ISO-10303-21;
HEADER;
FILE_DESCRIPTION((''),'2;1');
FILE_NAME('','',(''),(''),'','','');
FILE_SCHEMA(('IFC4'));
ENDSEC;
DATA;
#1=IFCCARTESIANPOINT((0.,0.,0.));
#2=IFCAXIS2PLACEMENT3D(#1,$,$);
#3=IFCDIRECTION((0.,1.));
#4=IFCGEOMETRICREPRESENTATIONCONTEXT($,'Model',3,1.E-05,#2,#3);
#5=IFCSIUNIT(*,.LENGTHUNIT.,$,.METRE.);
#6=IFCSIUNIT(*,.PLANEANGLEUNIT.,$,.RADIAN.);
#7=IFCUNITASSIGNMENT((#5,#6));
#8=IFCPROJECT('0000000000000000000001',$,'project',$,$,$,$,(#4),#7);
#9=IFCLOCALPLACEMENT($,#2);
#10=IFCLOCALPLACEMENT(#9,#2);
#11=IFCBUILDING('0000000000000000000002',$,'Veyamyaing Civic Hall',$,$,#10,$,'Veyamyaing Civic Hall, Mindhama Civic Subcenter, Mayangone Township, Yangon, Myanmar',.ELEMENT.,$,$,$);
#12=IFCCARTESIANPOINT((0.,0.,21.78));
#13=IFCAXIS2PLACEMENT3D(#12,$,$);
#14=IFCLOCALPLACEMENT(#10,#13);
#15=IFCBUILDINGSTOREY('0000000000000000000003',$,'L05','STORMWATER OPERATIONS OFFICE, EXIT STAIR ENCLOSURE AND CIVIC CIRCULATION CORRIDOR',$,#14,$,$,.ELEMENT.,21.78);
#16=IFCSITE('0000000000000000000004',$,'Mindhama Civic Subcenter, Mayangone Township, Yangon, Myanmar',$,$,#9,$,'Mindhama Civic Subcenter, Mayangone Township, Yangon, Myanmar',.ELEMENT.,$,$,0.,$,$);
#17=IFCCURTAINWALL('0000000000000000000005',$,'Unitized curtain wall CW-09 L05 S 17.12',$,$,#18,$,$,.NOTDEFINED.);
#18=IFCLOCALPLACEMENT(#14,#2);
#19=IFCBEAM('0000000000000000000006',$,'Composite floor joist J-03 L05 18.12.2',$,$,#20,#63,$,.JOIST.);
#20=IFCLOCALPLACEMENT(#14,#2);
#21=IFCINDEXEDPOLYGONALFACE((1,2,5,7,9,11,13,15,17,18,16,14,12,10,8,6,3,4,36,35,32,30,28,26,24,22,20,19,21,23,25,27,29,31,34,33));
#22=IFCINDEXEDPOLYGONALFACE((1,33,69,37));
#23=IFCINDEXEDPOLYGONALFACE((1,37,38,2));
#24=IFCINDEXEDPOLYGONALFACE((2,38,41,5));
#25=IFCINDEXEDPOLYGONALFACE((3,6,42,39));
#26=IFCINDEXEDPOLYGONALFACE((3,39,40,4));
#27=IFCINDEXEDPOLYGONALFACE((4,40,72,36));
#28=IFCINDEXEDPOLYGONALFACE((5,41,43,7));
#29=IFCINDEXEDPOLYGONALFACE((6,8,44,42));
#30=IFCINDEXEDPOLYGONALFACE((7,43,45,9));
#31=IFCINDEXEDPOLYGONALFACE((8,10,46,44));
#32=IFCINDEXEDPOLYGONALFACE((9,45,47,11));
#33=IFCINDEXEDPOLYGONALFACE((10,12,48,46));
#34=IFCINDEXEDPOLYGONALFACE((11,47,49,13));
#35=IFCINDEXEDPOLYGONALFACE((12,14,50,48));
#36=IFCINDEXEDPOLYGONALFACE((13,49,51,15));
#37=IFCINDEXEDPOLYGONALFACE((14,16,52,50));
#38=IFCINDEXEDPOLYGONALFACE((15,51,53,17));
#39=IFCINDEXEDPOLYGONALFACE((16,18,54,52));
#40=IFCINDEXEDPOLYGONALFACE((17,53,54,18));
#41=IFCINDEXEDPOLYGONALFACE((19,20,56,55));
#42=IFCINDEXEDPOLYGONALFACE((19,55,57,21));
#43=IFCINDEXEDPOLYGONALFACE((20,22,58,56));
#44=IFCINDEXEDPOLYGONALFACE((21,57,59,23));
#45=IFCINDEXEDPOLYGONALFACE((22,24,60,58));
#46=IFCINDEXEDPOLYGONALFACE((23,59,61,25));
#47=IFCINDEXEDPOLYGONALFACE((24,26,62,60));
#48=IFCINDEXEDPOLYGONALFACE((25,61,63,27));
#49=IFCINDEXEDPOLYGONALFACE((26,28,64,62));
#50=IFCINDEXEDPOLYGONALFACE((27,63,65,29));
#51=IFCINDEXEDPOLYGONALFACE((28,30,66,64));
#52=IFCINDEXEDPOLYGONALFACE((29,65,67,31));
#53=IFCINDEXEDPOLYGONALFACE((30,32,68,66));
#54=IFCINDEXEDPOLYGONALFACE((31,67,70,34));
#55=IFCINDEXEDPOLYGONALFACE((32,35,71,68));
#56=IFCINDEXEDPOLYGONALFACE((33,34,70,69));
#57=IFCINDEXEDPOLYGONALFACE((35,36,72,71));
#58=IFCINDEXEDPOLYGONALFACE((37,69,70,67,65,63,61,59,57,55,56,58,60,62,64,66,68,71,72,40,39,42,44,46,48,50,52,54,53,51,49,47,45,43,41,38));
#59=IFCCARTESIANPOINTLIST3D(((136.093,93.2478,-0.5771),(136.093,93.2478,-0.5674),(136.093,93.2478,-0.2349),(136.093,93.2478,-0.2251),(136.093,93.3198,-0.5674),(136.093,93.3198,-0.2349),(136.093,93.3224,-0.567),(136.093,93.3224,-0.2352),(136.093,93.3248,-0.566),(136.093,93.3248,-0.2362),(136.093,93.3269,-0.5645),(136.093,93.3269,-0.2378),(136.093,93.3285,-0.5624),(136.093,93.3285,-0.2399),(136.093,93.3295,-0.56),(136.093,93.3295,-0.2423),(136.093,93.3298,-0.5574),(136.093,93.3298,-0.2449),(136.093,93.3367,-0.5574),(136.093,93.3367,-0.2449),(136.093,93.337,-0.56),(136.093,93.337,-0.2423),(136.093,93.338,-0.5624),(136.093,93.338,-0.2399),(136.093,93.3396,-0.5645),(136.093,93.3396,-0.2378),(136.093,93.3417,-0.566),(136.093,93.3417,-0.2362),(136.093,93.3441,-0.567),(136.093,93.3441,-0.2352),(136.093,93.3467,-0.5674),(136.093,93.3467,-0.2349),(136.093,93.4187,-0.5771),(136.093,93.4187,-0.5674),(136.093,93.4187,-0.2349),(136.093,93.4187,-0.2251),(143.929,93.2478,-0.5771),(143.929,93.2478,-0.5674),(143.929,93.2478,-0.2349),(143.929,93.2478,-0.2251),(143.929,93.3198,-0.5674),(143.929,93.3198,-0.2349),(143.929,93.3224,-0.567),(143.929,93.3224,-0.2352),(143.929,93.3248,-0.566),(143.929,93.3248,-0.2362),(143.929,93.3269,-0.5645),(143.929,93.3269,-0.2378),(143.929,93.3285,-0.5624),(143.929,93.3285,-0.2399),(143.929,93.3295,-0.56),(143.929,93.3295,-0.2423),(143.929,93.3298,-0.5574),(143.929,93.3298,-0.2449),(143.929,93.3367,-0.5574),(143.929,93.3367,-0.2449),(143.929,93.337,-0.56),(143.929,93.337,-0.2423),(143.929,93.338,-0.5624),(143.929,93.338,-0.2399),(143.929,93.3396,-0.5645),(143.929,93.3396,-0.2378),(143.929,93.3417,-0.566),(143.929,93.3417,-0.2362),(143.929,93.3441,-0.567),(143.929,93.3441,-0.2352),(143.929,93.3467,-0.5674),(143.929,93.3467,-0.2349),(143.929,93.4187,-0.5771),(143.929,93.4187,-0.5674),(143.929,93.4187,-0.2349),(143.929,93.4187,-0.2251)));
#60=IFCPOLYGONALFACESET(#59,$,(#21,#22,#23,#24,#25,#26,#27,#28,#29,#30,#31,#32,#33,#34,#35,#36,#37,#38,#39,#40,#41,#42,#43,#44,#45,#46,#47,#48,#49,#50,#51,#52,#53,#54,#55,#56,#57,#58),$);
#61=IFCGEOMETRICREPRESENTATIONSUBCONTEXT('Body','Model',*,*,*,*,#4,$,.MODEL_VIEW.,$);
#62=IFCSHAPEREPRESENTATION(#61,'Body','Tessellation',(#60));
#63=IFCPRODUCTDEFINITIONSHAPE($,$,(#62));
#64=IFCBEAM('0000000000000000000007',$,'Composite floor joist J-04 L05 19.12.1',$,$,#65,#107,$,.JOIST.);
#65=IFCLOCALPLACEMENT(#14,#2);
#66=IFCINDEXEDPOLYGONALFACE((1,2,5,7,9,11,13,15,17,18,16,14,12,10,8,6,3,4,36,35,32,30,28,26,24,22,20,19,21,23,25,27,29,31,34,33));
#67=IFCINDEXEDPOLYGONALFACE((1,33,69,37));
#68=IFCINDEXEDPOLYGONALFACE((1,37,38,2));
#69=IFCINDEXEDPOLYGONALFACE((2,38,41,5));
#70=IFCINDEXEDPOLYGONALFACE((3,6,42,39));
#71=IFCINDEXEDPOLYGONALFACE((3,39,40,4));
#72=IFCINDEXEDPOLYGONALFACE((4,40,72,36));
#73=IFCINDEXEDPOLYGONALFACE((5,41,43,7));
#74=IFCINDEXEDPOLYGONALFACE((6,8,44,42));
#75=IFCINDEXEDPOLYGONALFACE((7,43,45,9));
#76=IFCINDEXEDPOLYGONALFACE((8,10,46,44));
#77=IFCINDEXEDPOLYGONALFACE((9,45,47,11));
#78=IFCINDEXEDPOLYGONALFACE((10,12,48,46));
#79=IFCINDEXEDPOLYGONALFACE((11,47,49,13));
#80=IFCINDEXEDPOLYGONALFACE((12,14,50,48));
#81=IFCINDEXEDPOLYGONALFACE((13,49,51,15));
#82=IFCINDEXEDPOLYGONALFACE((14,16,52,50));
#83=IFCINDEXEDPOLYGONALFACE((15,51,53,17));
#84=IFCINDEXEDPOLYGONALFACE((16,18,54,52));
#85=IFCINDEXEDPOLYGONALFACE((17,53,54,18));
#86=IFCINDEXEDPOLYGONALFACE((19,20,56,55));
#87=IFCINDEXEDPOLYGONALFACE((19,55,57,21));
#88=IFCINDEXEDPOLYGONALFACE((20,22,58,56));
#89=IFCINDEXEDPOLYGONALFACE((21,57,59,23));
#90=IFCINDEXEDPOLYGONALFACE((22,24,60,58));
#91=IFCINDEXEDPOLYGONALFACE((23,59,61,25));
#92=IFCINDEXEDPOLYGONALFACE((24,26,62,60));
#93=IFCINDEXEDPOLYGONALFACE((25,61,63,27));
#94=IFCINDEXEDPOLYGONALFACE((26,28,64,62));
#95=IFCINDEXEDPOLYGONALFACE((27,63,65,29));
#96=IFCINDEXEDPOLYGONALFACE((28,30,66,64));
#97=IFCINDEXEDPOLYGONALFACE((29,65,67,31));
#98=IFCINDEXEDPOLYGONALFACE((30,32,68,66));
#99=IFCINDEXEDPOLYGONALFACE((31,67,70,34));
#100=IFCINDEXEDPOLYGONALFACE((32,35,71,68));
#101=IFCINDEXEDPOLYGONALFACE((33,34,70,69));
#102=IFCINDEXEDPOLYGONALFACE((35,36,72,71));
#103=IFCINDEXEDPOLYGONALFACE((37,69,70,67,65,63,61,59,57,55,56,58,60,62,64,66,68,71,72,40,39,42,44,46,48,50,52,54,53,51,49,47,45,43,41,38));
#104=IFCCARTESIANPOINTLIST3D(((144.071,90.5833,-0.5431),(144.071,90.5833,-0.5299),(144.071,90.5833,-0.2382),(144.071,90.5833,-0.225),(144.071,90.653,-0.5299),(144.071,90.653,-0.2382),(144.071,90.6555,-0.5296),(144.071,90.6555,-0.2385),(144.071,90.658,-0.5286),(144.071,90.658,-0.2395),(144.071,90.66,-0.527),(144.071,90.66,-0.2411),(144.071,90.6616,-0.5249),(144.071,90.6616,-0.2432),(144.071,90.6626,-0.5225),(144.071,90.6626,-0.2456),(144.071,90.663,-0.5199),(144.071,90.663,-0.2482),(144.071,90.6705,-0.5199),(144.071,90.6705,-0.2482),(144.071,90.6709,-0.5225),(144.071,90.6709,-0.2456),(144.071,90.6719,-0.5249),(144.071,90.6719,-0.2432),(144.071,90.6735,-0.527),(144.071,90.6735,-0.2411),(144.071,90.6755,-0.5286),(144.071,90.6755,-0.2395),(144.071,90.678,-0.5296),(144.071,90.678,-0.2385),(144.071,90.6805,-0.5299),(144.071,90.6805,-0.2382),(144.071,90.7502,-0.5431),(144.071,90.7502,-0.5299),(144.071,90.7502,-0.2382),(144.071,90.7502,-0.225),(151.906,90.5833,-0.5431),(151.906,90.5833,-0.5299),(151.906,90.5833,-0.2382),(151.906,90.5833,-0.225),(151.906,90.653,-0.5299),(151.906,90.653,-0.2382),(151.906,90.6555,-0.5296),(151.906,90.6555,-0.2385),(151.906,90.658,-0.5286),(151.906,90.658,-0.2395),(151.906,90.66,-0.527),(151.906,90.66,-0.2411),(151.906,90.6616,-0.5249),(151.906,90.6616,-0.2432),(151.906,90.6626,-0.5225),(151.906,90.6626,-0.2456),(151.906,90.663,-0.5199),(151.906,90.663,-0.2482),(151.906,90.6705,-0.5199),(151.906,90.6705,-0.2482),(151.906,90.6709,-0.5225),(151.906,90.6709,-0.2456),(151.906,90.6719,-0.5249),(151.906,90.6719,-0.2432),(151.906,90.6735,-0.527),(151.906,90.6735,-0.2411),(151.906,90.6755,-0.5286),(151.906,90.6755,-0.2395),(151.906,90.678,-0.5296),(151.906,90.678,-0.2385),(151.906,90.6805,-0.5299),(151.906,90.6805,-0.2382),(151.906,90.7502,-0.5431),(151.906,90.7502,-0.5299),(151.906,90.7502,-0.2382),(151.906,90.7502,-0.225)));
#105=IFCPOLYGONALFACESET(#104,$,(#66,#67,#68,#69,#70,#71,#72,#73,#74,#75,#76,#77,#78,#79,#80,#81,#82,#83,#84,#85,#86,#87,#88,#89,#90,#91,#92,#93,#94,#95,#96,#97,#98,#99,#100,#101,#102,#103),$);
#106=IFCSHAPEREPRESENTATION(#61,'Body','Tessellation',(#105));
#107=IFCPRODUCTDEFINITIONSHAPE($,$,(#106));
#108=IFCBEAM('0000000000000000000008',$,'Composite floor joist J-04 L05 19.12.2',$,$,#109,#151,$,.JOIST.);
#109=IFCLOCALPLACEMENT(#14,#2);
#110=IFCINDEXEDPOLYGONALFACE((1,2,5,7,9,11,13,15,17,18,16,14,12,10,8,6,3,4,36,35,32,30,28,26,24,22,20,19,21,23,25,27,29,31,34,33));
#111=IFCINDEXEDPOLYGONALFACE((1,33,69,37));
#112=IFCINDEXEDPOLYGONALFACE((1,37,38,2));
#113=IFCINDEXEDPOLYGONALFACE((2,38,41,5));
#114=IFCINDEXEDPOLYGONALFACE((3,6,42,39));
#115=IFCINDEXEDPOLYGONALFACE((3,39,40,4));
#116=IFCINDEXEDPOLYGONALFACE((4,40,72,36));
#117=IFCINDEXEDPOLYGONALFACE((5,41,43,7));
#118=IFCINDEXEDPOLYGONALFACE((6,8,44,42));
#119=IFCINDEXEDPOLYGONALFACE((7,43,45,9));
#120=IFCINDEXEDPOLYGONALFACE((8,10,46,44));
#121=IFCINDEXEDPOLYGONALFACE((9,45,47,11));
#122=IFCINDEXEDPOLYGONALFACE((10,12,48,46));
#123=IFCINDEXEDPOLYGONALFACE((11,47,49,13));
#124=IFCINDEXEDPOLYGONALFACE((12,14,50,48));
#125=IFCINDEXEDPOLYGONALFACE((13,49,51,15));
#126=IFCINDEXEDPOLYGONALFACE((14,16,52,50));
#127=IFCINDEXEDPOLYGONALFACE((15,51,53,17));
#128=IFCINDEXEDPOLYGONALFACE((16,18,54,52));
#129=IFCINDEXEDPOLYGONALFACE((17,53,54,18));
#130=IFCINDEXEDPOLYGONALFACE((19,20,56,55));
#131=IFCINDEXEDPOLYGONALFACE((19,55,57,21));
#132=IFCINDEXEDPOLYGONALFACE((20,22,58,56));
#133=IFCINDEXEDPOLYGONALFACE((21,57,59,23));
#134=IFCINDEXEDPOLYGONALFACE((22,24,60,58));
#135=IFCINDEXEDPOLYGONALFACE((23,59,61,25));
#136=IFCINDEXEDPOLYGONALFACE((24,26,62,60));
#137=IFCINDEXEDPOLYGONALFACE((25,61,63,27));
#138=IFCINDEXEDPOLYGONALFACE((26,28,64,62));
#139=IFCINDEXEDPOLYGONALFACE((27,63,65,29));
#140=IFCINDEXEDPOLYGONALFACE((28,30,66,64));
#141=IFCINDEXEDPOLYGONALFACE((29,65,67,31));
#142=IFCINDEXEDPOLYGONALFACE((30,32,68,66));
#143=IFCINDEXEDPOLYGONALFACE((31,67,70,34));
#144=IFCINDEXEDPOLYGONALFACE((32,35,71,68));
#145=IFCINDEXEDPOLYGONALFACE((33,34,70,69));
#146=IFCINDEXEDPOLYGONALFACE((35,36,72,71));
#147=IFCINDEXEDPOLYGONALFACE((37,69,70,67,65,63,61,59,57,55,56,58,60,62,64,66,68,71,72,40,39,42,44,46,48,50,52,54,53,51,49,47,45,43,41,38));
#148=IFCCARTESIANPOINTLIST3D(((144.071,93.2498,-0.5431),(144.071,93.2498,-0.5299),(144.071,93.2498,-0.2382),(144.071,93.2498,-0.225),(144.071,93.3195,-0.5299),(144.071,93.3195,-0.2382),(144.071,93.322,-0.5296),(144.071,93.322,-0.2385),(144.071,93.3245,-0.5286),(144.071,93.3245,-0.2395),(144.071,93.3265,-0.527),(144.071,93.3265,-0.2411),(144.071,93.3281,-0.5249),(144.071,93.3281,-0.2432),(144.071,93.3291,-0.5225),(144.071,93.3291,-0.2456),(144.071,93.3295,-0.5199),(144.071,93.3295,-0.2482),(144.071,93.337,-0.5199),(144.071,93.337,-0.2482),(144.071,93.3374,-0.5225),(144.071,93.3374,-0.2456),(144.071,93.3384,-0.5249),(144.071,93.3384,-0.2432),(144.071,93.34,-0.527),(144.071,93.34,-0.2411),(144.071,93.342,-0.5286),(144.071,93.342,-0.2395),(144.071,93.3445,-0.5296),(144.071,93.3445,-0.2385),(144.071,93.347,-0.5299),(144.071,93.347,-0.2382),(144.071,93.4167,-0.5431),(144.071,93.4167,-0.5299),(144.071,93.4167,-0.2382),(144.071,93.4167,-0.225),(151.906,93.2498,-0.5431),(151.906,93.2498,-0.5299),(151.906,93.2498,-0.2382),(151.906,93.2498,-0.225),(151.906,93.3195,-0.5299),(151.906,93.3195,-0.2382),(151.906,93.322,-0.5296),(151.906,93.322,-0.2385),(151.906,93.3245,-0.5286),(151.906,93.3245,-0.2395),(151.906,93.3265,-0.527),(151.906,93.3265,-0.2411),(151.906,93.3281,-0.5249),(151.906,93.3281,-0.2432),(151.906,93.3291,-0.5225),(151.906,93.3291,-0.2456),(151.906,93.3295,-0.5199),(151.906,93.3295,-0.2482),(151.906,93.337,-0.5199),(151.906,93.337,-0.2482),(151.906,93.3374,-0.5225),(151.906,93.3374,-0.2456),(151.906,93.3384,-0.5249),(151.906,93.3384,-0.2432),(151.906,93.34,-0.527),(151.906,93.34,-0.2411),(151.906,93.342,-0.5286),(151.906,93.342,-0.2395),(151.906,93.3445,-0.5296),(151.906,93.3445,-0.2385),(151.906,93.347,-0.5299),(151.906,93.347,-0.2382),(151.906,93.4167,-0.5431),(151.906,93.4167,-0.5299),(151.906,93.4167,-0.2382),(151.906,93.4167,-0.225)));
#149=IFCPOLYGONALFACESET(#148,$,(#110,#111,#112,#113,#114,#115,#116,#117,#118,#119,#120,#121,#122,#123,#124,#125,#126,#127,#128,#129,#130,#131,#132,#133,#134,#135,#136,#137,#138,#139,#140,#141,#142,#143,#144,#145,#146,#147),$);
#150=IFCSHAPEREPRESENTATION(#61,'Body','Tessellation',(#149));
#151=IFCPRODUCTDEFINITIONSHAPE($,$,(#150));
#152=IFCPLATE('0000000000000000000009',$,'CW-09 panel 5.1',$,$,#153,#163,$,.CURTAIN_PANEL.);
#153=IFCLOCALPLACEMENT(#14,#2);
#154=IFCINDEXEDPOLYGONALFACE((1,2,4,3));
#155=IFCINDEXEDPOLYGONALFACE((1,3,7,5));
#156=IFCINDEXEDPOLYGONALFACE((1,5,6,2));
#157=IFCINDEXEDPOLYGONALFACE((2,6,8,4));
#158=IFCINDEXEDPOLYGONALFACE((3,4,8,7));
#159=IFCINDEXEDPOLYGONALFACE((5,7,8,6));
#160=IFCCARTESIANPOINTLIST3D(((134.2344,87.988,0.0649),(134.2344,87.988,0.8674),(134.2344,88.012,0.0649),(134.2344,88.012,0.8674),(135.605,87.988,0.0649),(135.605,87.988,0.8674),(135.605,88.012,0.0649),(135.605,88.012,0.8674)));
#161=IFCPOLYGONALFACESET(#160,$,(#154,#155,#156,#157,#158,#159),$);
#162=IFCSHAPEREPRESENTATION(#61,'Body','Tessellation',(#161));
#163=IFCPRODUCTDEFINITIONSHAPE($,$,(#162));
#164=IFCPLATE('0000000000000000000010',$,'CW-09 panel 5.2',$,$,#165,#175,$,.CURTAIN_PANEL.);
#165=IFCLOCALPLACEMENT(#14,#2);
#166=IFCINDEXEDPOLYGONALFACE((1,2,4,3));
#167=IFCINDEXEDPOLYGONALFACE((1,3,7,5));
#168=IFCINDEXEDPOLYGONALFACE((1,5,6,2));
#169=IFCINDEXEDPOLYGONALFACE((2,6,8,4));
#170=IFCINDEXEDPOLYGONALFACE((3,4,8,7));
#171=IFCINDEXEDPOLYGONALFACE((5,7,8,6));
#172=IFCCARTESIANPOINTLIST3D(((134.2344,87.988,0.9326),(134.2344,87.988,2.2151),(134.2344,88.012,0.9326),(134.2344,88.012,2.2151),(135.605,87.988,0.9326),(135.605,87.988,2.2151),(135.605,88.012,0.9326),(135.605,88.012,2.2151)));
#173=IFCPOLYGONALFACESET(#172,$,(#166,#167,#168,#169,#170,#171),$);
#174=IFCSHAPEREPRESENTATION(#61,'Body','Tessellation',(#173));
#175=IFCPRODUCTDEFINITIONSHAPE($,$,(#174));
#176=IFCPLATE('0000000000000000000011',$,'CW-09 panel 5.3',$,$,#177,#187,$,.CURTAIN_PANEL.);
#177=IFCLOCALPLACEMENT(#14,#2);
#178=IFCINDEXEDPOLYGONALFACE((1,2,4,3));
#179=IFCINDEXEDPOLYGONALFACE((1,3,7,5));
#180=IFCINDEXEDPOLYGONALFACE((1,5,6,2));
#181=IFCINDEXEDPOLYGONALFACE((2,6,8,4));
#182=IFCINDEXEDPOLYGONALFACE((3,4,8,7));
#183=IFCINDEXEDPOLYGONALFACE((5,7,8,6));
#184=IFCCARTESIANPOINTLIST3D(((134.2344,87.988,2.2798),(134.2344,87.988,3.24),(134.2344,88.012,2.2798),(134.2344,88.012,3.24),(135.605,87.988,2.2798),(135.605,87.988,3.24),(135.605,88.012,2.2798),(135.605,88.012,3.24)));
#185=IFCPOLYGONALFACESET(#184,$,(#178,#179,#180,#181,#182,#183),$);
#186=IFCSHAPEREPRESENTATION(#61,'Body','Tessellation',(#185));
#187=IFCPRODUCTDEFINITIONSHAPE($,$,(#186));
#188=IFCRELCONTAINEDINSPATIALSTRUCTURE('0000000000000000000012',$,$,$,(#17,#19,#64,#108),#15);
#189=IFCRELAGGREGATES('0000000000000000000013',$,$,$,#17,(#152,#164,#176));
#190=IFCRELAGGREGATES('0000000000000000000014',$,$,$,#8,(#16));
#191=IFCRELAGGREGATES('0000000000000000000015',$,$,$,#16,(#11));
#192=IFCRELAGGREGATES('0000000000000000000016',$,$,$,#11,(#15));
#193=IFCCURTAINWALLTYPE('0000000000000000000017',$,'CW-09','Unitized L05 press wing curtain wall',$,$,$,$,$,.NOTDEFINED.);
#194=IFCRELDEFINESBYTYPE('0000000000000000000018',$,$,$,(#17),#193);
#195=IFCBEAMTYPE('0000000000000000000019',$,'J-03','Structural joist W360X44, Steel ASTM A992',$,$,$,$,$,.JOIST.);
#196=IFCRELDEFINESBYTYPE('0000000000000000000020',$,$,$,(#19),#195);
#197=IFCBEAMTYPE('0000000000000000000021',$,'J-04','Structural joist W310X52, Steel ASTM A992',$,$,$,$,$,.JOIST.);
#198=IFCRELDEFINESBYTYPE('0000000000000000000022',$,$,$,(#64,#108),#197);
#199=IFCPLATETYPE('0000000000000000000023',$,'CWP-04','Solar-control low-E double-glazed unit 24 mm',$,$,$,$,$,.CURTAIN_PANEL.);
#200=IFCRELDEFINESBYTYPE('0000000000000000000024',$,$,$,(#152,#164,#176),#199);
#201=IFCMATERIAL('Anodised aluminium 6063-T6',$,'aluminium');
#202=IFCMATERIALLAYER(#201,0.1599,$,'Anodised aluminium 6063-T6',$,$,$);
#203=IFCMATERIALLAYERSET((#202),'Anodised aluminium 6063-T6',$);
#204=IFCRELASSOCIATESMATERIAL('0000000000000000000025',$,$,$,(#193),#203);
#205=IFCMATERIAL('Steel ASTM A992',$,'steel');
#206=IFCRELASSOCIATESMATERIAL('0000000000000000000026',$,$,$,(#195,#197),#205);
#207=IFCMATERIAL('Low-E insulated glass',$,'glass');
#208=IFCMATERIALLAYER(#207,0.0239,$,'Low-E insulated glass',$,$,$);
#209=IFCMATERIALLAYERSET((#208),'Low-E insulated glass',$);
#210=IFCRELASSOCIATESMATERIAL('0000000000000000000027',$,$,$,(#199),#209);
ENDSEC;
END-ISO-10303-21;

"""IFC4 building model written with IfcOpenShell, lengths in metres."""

from ifc_helpers import new_model, si_unit, direction, frame, origin, origin_2d, place, context, subcontext, project, spatial, rectangle, i_section, extrude, material, layer, layer_set, material_profile, profile_set, type_object, element, aggregate, save


model = new_model("IFC4")

# Units and contexts
model_context = context("Model", 3, precision=1e-05, world=origin(), true_north=direction((0.0, 1.0)))
body_context = subcontext(model_context, "Body", "Model", "MODEL_VIEW")
ifc_project = project(units=[si_unit("LENGTHUNIT", "METRE"), si_unit("PLANEANGLEUNIT", "RADIAN")], contexts=[model_context])

# Site, building, storey
site_placement = place(None, origin())
site = spatial("IfcSite", under=ifc_project, at=site_placement, Name="Mindhama Civic Subcenter, Mayangone Township, Yangon, Myanmar", LongName="Mindhama Civic Subcenter, Mayangone Township, Yangon, Myanmar", CompositionType="ELEMENT", RefElevation=0.0)
building_placement = place(site_placement, origin())
building = spatial("IfcBuilding", under=site, at=building_placement, Name="Veyamyaing Civic Hall", LongName="Veyamyaing Civic Hall, Mindhama Civic Subcenter, Mayangone Township, Yangon, Myanmar", CompositionType="ELEMENT")
storey_placement = place(building_placement, frame((0.0, 0.0, 21.78)))
storey = spatial("IfcBuildingStorey", under=building, at=storey_placement, Name="L05", Description="STORMWATER OPERATIONS OFFICE, EXIT STAIR ENCLOSURE AND CIVIC CIRCULATION CORRIDOR", CompositionType="ELEMENT", Elevation=21.78)

# Shared definitions
ifc_material_1 = material(Name="Steel ASTM A992", Category="steel")

# Curtain wall
ifc_material_2 = material(Name="Anodised aluminium 6063-T6", Category="aluminium")
ifc_layer_1 = layer(ifc_material_2, 0.1599, Name="Anodised aluminium 6063-T6")
ifc_layer_set_1 = layer_set([ifc_layer_1], Name="Anodised aluminium 6063-T6")
curtain_wall_type = type_object("IfcCurtainWallType", Name="CW-09", Description="Unitized L05 press wing curtain wall", PredefinedType="NOTDEFINED", material=ifc_layer_set_1)
curtain_wall_placement = place(storey_placement, origin())
curtain_wall = element("IfcCurtainWall", 1, at=curtain_wall_placement, inside=storey, type_object=curtain_wall_type, Name="Unitized curtain wall CW-09 L05 S 17.12", PredefinedType="NOTDEFINED")

# Beams
ifc_material_profile_1 = material_profile(ifc_material_1, i_section(OverallWidth=0.1709, OverallDepth=0.3521, WebThickness=0.0068, FlangeThickness=0.0098, FilletRadius=0.01, at=origin_2d()), Name="W360X44")
ifc_profile_set_1 = profile_set([ifc_material_profile_1], Name="Steel ASTM A992")
beam_type_1 = type_object("IfcBeamType", Name="J-03", Description="Structural joist W360X44, Steel ASTM A992", PredefinedType="JOIST", material=ifc_profile_set_1)
for number, where, z_axis, x_axis, name in (
    (2, (136.093, 93.3333, -0.4011), (1.0, 0.0, 0.0), (0.0, 1.0, 0.0), "Composite floor joist J-03 L05 18.12.2"),
):
    element("IfcBeam", number, at=place(storey_placement, frame(where, z_axis=z_axis, x_axis=x_axis)), inside=storey, type_object=beam_type_1, Name=name, PredefinedType="JOIST", context=body_context, shape_type="SweptSolid", body=[
        extrude(i_section(OverallWidth=0.1709, OverallDepth=0.3521, WebThickness=0.0068, FlangeThickness=0.0098, FilletRadius=0.01, at=origin_2d()), origin(), (0.0, 0.0, 1.0), 7.8359),
    ])
ifc_material_profile_2 = material_profile(ifc_material_1, i_section(OverallWidth=0.167, OverallDepth=0.3181, WebThickness=0.0076, FlangeThickness=0.0132, FilletRadius=0.01, at=origin_2d()), Name="W310X52")
ifc_profile_set_2 = profile_set([ifc_material_profile_2], Name="Steel ASTM A992")
beam_type_2 = type_object("IfcBeamType", Name="J-04", Description="Structural joist W310X52, Steel ASTM A992", PredefinedType="JOIST", material=ifc_profile_set_2)
for number, where, z_axis, x_axis, name in (
    (3, (144.071, 90.6667, -0.384), (1.0, 0.0, 0.0), (0.0, 1.0, 0.0), "Composite floor joist J-04 L05 19.12.1"),
    (4, (144.071, 93.3333, -0.384), (1.0, 0.0, 0.0), (0.0, 1.0, 0.0), "Composite floor joist J-04 L05 19.12.2"),
):
    element("IfcBeam", number, at=place(storey_placement, frame(where, z_axis=z_axis, x_axis=x_axis)), inside=storey, type_object=beam_type_2, Name=name, PredefinedType="JOIST", context=body_context, shape_type="SweptSolid", body=[
        extrude(i_section(OverallWidth=0.167, OverallDepth=0.3181, WebThickness=0.0076, FlangeThickness=0.0132, FilletRadius=0.01, at=origin_2d()), origin(), (0.0, 0.0, 1.0), 7.835),
    ])

# Plates
ifc_material_3 = material(Name="Low-E insulated glass", Category="glass")
ifc_layer_2 = layer(ifc_material_3, 0.0239, Name="Low-E insulated glass")
ifc_layer_set_2 = layer_set([ifc_layer_2], Name="Low-E insulated glass")
plate_type = type_object("IfcPlateType", Name="CWP-04", Description="Solar-control low-E double-glazed unit 24 mm", PredefinedType="CURTAIN_PANEL", material=ifc_layer_set_2)
plate_1_placement = place(storey_placement, frame((134.9197, 88.0, 0.0649), z_axis=(0.0, 0.0, 1.0), x_axis=(1.0, 0.0, 0.0)))
plate_1 = element("IfcPlate", 5, at=plate_1_placement, type_object=plate_type, Name="CW-09 panel 5.1", PredefinedType="CURTAIN_PANEL", context=body_context, shape_type="SweptSolid", body=[
    extrude(rectangle(XDim=1.3706, YDim=0.0239, at=origin_2d()), origin(), (0.0, 0.0, 1.0), 0.8025),
])
plate_2_placement = place(storey_placement, frame((134.9197, 88.0, 0.9326), z_axis=(0.0, 0.0, 1.0), x_axis=(1.0, 0.0, 0.0)))
plate_2 = element("IfcPlate", 6, at=plate_2_placement, type_object=plate_type, Name="CW-09 panel 5.2", PredefinedType="CURTAIN_PANEL", context=body_context, shape_type="SweptSolid", body=[
    extrude(rectangle(XDim=1.3706, YDim=0.0239, at=origin_2d()), origin(), (0.0, 0.0, 1.0), 1.2825),
])
plate_3_placement = place(storey_placement, frame((134.9197, 88.0, 2.2798), z_axis=(0.0, 0.0, 1.0), x_axis=(1.0, 0.0, 0.0)))
plate_3 = element("IfcPlate", 7, at=plate_3_placement, type_object=plate_type, Name="CW-09 panel 5.3", PredefinedType="CURTAIN_PANEL", context=body_context, shape_type="SweptSolid", body=[
    extrude(rectangle(XDim=1.3706, YDim=0.0239, at=origin_2d()), origin(), (0.0, 0.0, 1.0), 0.9602),
])
aggregate(curtain_wall, [plate_1, plate_2, plate_3])

save(model, "model.ifc")
